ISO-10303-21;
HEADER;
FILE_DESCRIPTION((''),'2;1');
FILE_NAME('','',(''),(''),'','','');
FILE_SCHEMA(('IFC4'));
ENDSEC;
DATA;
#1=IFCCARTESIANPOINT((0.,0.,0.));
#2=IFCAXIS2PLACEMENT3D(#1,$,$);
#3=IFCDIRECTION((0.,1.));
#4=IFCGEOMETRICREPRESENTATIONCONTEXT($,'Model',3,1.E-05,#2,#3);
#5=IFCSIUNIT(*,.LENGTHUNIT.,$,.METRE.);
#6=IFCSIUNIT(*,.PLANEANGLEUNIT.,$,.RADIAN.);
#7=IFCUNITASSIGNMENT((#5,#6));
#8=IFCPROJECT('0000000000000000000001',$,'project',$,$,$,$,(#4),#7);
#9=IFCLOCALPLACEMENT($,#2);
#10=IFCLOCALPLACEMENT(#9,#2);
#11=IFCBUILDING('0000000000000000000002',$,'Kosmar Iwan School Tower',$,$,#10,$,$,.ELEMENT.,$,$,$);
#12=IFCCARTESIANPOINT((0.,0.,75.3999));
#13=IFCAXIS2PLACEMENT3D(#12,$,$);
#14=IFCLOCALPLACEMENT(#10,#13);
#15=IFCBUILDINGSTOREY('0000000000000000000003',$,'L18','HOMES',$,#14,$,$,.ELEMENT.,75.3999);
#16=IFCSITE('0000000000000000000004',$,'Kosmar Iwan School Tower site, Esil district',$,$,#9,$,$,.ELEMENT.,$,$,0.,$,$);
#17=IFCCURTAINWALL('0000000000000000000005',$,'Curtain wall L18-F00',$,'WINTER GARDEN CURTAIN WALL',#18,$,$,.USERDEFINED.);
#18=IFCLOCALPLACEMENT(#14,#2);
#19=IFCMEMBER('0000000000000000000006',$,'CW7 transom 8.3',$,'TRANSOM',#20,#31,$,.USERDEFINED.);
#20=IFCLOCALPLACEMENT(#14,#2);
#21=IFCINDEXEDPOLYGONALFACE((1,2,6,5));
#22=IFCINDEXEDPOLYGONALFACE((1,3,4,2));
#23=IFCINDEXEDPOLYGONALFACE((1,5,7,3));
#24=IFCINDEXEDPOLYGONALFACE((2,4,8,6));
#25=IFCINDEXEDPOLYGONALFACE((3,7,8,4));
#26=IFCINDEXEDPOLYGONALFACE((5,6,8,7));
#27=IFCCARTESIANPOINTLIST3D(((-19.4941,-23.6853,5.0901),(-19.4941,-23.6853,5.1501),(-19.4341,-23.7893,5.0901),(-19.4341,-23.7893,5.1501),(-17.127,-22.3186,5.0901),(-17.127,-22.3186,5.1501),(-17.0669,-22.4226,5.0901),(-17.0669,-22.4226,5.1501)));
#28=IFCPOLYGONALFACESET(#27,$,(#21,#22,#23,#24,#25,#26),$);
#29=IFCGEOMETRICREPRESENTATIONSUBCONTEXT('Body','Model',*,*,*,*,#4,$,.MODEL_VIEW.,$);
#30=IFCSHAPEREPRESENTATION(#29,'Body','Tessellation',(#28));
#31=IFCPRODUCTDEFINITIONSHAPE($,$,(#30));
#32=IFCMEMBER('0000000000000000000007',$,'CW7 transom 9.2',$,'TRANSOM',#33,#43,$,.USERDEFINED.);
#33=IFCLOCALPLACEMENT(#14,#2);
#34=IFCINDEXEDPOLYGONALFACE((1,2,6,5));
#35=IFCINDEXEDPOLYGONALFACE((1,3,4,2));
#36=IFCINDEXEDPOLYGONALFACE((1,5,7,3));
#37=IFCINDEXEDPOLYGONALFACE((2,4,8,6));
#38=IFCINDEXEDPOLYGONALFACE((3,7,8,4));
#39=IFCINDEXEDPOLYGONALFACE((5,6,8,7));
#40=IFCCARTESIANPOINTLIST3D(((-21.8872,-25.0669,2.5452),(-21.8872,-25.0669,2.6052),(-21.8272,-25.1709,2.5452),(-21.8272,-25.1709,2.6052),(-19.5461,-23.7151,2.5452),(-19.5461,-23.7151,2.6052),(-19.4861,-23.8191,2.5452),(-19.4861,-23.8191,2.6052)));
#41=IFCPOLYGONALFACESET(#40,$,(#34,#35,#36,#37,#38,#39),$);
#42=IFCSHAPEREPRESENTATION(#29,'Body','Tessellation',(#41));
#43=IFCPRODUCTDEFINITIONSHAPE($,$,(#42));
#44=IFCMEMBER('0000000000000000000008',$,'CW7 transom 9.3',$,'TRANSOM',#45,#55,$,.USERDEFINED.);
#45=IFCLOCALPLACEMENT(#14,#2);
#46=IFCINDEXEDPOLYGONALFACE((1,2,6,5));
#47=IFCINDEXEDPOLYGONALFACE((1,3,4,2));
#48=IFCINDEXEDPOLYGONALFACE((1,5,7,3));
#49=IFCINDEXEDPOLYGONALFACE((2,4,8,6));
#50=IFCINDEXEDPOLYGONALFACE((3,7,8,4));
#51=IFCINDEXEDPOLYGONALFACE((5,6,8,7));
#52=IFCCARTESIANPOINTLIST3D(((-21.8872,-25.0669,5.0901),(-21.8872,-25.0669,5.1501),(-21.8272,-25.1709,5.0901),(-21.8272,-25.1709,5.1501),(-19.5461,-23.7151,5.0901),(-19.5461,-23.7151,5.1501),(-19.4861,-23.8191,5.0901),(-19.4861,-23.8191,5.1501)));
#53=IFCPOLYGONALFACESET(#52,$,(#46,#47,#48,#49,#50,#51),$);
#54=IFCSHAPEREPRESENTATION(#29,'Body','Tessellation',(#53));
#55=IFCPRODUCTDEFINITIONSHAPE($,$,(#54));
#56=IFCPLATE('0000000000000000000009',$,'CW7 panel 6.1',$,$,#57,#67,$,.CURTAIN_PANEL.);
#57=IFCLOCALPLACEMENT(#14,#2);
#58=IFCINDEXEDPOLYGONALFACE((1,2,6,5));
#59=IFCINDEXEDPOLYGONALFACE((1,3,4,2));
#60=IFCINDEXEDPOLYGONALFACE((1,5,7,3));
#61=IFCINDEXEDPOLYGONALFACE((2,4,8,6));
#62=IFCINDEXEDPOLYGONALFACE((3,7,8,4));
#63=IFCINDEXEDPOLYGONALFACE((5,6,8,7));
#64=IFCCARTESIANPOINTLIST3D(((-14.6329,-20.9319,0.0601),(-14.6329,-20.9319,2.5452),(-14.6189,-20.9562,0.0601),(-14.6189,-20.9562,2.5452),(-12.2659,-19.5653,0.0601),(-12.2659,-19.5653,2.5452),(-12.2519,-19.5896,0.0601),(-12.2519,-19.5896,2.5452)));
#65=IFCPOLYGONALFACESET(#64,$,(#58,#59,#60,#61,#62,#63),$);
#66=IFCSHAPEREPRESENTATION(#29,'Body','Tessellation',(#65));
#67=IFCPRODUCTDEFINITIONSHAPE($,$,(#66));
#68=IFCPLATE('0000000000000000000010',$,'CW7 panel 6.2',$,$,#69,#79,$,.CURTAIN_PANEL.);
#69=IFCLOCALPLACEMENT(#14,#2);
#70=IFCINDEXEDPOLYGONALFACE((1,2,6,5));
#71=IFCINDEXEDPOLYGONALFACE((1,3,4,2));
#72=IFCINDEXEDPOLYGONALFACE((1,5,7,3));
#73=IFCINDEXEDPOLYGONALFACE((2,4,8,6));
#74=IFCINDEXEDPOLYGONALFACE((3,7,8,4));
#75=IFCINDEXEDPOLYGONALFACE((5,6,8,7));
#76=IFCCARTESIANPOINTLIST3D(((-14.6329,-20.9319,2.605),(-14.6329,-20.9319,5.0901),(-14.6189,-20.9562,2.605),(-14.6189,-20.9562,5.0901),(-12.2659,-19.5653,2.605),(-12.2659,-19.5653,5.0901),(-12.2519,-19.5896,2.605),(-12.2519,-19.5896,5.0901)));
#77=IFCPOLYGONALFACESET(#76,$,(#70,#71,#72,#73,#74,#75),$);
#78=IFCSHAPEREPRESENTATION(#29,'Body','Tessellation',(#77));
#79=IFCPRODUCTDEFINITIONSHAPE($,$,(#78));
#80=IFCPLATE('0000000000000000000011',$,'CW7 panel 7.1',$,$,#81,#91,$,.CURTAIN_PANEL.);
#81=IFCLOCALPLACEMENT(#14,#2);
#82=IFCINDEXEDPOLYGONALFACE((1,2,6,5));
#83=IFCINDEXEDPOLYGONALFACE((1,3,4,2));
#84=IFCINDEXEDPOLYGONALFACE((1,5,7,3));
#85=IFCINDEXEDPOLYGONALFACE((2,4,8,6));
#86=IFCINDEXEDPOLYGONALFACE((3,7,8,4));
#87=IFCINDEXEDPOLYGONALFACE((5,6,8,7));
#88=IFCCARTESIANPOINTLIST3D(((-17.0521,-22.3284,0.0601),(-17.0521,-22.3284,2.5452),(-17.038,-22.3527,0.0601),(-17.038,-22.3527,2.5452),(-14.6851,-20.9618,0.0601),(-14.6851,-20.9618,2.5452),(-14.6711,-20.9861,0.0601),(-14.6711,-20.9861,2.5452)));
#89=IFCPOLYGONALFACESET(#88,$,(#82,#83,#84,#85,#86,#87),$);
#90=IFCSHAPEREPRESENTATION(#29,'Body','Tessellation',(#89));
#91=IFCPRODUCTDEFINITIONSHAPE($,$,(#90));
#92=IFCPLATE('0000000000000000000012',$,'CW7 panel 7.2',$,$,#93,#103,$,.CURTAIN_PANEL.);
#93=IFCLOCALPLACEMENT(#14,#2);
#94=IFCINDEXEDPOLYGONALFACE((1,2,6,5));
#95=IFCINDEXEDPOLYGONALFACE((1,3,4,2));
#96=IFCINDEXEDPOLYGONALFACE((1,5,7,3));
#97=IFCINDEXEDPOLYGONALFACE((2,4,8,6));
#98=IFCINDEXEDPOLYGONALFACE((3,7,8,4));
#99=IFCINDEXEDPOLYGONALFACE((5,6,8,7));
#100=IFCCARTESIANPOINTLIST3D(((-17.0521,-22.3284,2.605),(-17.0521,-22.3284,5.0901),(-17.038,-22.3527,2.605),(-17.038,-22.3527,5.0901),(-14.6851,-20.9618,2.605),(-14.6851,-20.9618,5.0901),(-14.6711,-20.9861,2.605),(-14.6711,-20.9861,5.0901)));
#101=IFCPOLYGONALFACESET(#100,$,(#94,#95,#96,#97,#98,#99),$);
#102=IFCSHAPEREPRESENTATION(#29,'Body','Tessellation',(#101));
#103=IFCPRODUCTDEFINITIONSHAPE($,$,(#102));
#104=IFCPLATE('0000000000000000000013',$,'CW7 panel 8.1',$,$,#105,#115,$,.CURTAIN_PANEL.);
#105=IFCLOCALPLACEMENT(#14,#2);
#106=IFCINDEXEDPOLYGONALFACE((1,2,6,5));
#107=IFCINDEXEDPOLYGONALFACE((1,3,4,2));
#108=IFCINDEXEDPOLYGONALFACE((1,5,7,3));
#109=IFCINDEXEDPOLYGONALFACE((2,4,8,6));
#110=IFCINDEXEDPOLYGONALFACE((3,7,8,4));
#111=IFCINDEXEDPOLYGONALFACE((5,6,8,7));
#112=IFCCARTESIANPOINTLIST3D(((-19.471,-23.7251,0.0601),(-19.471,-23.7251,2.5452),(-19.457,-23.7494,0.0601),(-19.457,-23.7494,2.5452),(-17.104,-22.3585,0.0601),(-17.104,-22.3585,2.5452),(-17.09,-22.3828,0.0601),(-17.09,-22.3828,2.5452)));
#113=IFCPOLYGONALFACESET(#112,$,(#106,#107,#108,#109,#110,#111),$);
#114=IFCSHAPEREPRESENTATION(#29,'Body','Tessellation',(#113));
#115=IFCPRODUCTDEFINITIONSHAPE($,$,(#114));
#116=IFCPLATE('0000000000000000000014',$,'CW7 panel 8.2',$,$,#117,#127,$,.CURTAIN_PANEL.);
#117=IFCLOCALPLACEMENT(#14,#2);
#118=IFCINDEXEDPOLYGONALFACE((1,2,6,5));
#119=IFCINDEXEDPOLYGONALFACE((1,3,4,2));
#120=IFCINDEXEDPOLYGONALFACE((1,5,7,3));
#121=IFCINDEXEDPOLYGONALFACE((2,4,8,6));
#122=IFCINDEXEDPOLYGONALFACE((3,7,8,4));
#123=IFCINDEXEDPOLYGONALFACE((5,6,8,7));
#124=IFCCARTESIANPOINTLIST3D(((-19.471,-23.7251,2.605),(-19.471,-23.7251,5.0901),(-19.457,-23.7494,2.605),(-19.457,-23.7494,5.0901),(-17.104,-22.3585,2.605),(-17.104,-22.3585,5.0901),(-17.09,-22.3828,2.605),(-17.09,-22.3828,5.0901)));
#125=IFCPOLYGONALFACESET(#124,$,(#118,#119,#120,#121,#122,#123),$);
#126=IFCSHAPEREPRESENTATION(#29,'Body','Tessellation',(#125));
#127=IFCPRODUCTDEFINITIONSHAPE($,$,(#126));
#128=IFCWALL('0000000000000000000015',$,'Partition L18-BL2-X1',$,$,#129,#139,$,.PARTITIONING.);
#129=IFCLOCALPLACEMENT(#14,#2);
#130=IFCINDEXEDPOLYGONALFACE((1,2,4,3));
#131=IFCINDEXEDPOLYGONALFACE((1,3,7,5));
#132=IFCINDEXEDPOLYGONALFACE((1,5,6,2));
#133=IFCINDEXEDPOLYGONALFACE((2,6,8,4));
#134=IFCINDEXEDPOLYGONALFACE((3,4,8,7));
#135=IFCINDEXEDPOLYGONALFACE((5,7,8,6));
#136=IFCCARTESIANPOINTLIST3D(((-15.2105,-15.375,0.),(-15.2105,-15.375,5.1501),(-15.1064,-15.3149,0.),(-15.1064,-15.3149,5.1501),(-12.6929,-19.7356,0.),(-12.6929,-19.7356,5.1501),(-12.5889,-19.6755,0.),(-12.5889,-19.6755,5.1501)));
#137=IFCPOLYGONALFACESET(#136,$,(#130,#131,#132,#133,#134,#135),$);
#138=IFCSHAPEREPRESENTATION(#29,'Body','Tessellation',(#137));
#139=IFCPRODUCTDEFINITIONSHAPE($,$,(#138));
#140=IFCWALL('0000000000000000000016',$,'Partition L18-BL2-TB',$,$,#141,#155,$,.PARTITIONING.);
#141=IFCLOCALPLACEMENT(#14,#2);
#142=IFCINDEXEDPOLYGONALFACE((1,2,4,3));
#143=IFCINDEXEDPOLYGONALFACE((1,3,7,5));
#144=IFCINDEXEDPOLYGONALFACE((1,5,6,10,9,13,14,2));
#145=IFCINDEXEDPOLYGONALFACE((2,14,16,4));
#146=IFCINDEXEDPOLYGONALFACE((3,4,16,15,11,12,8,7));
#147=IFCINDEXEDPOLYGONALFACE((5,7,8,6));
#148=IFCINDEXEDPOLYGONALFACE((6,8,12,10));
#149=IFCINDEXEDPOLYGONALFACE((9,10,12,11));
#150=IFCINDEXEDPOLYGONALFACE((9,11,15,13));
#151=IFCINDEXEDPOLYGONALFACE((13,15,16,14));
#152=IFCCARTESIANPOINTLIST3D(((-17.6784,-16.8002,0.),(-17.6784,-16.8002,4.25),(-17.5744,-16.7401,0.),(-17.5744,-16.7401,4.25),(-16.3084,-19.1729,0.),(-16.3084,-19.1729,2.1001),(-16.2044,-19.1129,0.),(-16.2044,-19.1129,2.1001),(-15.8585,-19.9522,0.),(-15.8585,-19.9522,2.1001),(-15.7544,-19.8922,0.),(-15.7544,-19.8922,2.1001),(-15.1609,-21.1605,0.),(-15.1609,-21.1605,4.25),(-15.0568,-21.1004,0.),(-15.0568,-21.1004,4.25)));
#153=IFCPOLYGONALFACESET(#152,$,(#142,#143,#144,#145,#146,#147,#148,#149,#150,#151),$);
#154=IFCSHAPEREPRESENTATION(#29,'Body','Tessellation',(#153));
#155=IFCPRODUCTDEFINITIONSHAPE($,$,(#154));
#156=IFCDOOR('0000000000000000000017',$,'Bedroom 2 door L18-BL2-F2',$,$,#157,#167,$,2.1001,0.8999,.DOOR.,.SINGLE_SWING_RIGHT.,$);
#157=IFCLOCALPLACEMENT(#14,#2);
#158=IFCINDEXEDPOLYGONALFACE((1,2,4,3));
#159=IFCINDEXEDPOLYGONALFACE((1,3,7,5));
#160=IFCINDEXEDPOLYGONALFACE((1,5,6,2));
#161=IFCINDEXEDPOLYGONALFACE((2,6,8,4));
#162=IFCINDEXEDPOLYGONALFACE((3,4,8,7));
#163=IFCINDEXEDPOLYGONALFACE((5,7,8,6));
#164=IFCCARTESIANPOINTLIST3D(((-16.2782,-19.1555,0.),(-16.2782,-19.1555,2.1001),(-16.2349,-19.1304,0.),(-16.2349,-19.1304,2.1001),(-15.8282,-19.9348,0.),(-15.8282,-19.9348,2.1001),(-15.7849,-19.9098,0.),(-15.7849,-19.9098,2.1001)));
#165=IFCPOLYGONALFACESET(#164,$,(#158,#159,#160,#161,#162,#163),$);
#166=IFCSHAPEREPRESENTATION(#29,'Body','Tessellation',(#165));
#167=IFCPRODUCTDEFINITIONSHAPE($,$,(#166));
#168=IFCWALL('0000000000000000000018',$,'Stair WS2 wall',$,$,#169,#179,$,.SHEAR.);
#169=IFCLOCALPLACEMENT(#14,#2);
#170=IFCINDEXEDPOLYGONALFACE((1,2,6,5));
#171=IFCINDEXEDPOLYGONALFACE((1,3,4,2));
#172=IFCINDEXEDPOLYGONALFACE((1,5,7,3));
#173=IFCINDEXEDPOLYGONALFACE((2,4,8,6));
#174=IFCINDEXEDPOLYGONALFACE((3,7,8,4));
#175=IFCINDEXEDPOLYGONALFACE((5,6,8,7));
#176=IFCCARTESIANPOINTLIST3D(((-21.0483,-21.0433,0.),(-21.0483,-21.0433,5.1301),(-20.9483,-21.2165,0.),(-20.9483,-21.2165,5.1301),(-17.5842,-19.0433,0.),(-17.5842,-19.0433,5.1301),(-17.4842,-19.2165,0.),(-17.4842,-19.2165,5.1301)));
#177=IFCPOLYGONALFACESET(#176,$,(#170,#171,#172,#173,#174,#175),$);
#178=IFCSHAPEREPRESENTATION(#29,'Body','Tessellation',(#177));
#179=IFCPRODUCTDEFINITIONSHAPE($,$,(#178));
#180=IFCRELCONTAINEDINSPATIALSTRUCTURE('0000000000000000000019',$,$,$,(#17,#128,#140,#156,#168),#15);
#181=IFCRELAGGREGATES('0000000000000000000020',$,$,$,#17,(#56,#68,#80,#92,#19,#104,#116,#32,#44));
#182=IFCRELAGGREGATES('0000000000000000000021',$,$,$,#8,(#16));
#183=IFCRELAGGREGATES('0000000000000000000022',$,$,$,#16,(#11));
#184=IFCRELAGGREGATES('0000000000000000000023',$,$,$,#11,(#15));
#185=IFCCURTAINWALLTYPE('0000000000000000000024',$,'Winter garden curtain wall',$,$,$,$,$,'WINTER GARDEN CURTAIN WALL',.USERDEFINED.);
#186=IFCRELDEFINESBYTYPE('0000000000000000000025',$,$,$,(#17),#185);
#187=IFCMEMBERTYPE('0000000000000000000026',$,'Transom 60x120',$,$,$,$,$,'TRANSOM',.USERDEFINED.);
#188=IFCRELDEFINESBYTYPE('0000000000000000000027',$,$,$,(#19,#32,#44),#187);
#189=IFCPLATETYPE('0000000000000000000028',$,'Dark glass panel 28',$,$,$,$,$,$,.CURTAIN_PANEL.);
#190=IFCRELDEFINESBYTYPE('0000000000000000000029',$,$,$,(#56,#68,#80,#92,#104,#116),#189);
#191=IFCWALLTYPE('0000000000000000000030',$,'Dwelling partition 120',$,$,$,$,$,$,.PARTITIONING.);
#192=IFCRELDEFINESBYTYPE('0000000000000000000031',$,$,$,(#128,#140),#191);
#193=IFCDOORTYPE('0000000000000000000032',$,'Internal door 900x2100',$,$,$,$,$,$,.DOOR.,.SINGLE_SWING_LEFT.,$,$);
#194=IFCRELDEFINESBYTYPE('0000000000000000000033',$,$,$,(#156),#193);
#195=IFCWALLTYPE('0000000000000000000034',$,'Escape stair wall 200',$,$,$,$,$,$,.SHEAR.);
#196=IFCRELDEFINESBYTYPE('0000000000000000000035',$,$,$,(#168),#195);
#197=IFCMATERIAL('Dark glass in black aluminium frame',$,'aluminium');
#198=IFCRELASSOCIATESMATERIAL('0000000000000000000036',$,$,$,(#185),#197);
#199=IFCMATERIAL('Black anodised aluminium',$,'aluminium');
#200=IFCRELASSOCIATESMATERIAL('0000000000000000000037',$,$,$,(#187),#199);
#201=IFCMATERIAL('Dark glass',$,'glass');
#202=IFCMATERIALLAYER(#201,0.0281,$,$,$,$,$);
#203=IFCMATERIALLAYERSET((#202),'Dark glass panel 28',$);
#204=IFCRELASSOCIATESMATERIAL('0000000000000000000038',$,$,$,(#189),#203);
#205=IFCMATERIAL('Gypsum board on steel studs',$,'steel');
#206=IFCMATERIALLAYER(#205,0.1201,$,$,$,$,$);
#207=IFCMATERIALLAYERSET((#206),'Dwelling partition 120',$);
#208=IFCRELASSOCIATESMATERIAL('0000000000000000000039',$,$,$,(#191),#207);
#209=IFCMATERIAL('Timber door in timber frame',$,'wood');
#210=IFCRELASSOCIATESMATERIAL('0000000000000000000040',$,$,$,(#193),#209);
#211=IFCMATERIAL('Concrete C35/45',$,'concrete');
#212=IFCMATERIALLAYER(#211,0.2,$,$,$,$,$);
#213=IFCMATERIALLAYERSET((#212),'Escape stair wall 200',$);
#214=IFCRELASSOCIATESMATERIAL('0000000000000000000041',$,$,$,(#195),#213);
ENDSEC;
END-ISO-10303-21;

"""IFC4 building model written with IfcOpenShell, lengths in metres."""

from ifc_helpers import new_model, si_unit, direction, frame, frame_2d, origin, origin_2d, place, context, subcontext, project, spatial, rectangle, extrude, material, layer, layer_set, material_profile, profile_set, type_object, element, fill, aggregate, save


model = new_model("IFC4")

# Units and contexts
model_context = context("Model", 3, precision=1e-05, world=origin(), true_north=direction((0.0, 1.0)))
body_context = subcontext(model_context, "Body", "Model", "MODEL_VIEW")
ifc_project = project(units=[si_unit("LENGTHUNIT", "METRE"), si_unit("PLANEANGLEUNIT", "RADIAN")], contexts=[model_context])

# Site, building, storey
site_placement = place(None, origin())
site = spatial("IfcSite", under=ifc_project, at=site_placement, Name="Kosmar Iwan School Tower site, Esil district", CompositionType="ELEMENT", RefElevation=0.0)
building_placement = place(site_placement, origin())
building = spatial("IfcBuilding", under=site, at=building_placement, Name="Kosmar Iwan School Tower", CompositionType="ELEMENT")
storey_placement = place(building_placement, frame((0.0, 0.0, 75.3999)))
storey = spatial("IfcBuildingStorey", under=building, at=storey_placement, Name="L18", Description="HOMES", CompositionType="ELEMENT", Elevation=75.3999)

# Curtain wall
ifc_material_1 = material(Name="Dark glass in black aluminium frame", Category="aluminium")
curtain_wall_type = type_object("IfcCurtainWallType", Name="Winter garden curtain wall", ElementType="WINTER GARDEN CURTAIN WALL", PredefinedType="USERDEFINED", material=ifc_material_1)
curtain_wall_placement = place(storey_placement, origin())
curtain_wall = element("IfcCurtainWall", 1, at=curtain_wall_placement, inside=storey, type_object=curtain_wall_type, Name="Curtain wall L18-F00", ObjectType="WINTER GARDEN CURTAIN WALL", PredefinedType="USERDEFINED")

# Members
ifc_material_2 = material(Name="Black anodised aluminium", Category="aluminium")
ifc_material_profile_1 = material_profile(ifc_material_2, rectangle(XDim=0.1201, YDim=0.0601, at=origin_2d()), Name="TRANSOM 60x120")
ifc_profile_set_1 = profile_set([ifc_material_profile_1], Name="Black anodised aluminium")
member_type_1 = type_object("IfcMemberType", Name="Transom 60x120", ElementType="TRANSOM", PredefinedType="USERDEFINED", material=ifc_profile_set_1)
member_1_placement = place(storey_placement, frame((-17.0969, -22.3706, 5.1201), z_axis=(-0.866025, -0.500001, 0.0), x_axis=(0.500001, -0.866025, 0.0)))
member_1 = element("IfcMember", 2, at=member_1_placement, type_object=member_type_1, Name="CW7 transom 8.3", ObjectType="TRANSOM", PredefinedType="USERDEFINED", context=body_context, shape_type="SweptSolid", body=[
    extrude(rectangle(XDim=0.1201, YDim=0.0601, at=origin_2d()), origin(), (0.0, 0.0, 1.0), 2.7334),
])
member_2_placement = place(storey_placement, frame((-19.5161, -23.7671, 2.5752), z_axis=(-0.865995, -0.500053, 0.0), x_axis=(0.500053, -0.865995, 0.0)))
member_2 = element("IfcMember", 3, at=member_2_placement, type_object=member_type_1, Name="CW7 transom 9.2", ObjectType="TRANSOM", PredefinedType="USERDEFINED", context=body_context, shape_type="SweptSolid", body=[
    extrude(rectangle(XDim=0.1201, YDim=0.0601, at=origin_2d()), origin(), (0.0, 0.0, 1.0), 2.7034),
])
member_3_placement = place(storey_placement, frame((-19.5161, -23.7671, 5.1201), z_axis=(-0.865995, -0.500053, 0.0), x_axis=(0.500053, -0.865995, 0.0)))
member_3 = element("IfcMember", 4, at=member_3_placement, type_object=member_type_1, Name="CW7 transom 9.3", ObjectType="TRANSOM", PredefinedType="USERDEFINED", context=body_context, shape_type="SweptSolid", body=[
    extrude(rectangle(XDim=0.1201, YDim=0.0601, at=origin_2d()), origin(), (0.0, 0.0, 1.0), 2.7034),
])

# Plates
ifc_material_3 = material(Name="Dark glass", Category="glass")
ifc_layer_1 = layer(ifc_material_3, 0.0281)
ifc_layer_set_1 = layer_set([ifc_layer_1], Name="Dark glass panel 28")
plate_type = type_object("IfcPlateType", Name="Dark glass panel 28", PredefinedType="CURTAIN_PANEL", material=ifc_layer_set_1)
plate_1_placement = place(storey_placement, frame((-13.4424, -20.2607, 0.0601), z_axis=(0.0, 0.0, 1.0), x_axis=(-0.866025, -0.5, 0.0)))
plate_1 = element("IfcPlate", 5, at=plate_1_placement, type_object=plate_type, Name="CW7 panel 6.1", PredefinedType="CURTAIN_PANEL", context=body_context, shape_type="SweptSolid", body=[
    extrude(rectangle(XDim=2.7332, YDim=0.0281, at=origin_2d()), origin(), (0.0, 0.0, 1.0), 2.4851),
])
plate_2_placement = place(storey_placement, frame((-13.4424, -20.2607, 2.605), z_axis=(0.0, 0.0, 1.0), x_axis=(-0.866025, -0.5, 0.0)))
plate_2 = element("IfcPlate", 6, at=plate_2_placement, type_object=plate_type, Name="CW7 panel 6.2", PredefinedType="CURTAIN_PANEL", context=body_context, shape_type="SweptSolid", body=[
    extrude(rectangle(XDim=2.7332, YDim=0.0281, at=origin_2d()), origin(), (0.0, 0.0, 1.0), 2.4851),
])
plate_3_placement = place(storey_placement, frame((-15.8616, -21.6572, 0.0601), z_axis=(0.0, 0.0, 1.0), x_axis=(-0.866025, -0.5, 0.0)))
plate_3 = element("IfcPlate", 7, at=plate_3_placement, type_object=plate_type, Name="CW7 panel 7.1", PredefinedType="CURTAIN_PANEL", context=body_context, shape_type="SweptSolid", body=[
    extrude(rectangle(XDim=2.7332, YDim=0.0281, at=origin_2d()), origin(), (0.0, 0.0, 1.0), 2.4851),
])
plate_4_placement = place(storey_placement, frame((-15.8616, -21.6572, 2.605), z_axis=(0.0, 0.0, 1.0), x_axis=(-0.866025, -0.5, 0.0)))
plate_4 = element("IfcPlate", 8, at=plate_4_placement, type_object=plate_type, Name="CW7 panel 7.2", PredefinedType="CURTAIN_PANEL", context=body_context, shape_type="SweptSolid", body=[
    extrude(rectangle(XDim=2.7332, YDim=0.0281, at=origin_2d()), origin(), (0.0, 0.0, 1.0), 2.4851),
])
plate_5_placement = place(storey_placement, frame((-18.2805, -23.054, 0.0601), z_axis=(0.0, 0.0, 1.0), x_axis=(-0.866025, -0.5, 0.0)))
plate_5 = element("IfcPlate", 9, at=plate_5_placement, type_object=plate_type, Name="CW7 panel 8.1", PredefinedType="CURTAIN_PANEL", context=body_context, shape_type="SweptSolid", body=[
    extrude(rectangle(XDim=2.7332, YDim=0.0281, at=origin_2d()), origin(), (0.0, 0.0, 1.0), 2.4851),
])
plate_6_placement = place(storey_placement, frame((-18.2805, -23.054, 2.605), z_axis=(0.0, 0.0, 1.0), x_axis=(-0.866025, -0.5, 0.0)))
plate_6 = element("IfcPlate", 10, at=plate_6_placement, type_object=plate_type, Name="CW7 panel 8.2", PredefinedType="CURTAIN_PANEL", context=body_context, shape_type="SweptSolid", body=[
    extrude(rectangle(XDim=2.7332, YDim=0.0281, at=origin_2d()), origin(), (0.0, 0.0, 1.0), 2.4851),
])
aggregate(curtain_wall, [plate_1, plate_2, plate_3, plate_4, member_1, plate_5, plate_6, member_2, member_3])

# Wall
ifc_material_4 = material(Name="Gypsum board on steel studs", Category="steel")
ifc_layer_2 = layer(ifc_material_4, 0.1201)
ifc_layer_set_2 = layer_set([ifc_layer_2], Name="Dwelling partition 120")
wall_type_1 = type_object("IfcWallType", Name="Dwelling partition 120", PredefinedType="PARTITIONING", material=ifc_layer_set_2)
wall_1_placement = place(storey_placement, frame((-15.1584, -15.345, 0.0), z_axis=(0.0, 0.0, 1.0), x_axis=(0.499998, -0.866027, 0.0)))
element("IfcWall", 11, at=wall_1_placement, inside=storey, type_object=wall_type_1, Name="Partition L18-BL2-X1", PredefinedType="PARTITIONING", context=body_context, shape_type="SweptSolid", body=[
    extrude(rectangle(XDim=5.0352, YDim=0.1201, at=frame_2d((2.5176, 0.0))), origin(), (0.0, 0.0, 1.0), 5.1501),
])

# Wall, opening, door
wall_2_placement = place(storey_placement, frame((-17.6265, -16.77, 0.0), z_axis=(0.0, 0.0, 1.0), x_axis=(0.500019, -0.866014, 0.0)))
wall_2 = element("IfcWall", 12, at=wall_2_placement, inside=storey, type_object=wall_type_1, Name="Partition L18-BL2-TB", PredefinedType="PARTITIONING", context=body_context, shape_type="SweptSolid", body=[
    extrude(rectangle(XDim=5.0349, YDim=0.1201, at=frame_2d((2.5176, 0.0))), origin(), (0.0, 0.0, 1.0), 4.25),
])
opening_placement = place(wall_2_placement, frame((2.74, 0.0, 0.0)))
opening = element("IfcOpeningElement", 13, at=opening_placement, cuts=wall_2, PredefinedType="OPENING", context=body_context, shape_type="SweptSolid", body=[
    extrude(rectangle(XDim=0.8999, YDim=2.1001, at=frame_2d((0.45, 1.05))), frame((0.0, 0.072, 0.0), z_axis=(0.0, -1.0, 0.0), x_axis=(1.0, 0.0, 0.0)), (0.0, 0.0, 1.0), 0.144),
])
ifc_material_5 = material(Name="Timber door in timber frame", Category="wood")
door_type = type_object("IfcDoorType", Name="Internal door 900x2100", OperationType="SINGLE_SWING_LEFT", PredefinedType="DOOR", material=ifc_material_5)
door_placement = place(opening_placement, origin())
door = element("IfcDoor", 14, at=door_placement, inside=storey, type_object=door_type, Name="Bedroom 2 door L18-BL2-F2", OperationType="SINGLE_SWING_RIGHT", OverallHeight=2.1001, OverallWidth=0.8999, PredefinedType="DOOR", context=body_context, shape_type="SweptSolid", body=[
    extrude(rectangle(XDim=0.8999, YDim=2.1001, at=frame_2d((0.45, 1.05))), frame((0.0, 0.0249, 0.0), z_axis=(0.0, -1.0, 0.0), x_axis=(1.0, 0.0, 0.0)), (0.0, 0.0, 1.0), 0.05),
])
fill(opening, door)

# Wall
ifc_material_6 = material(Name="Concrete C35/45", Category="concrete")
ifc_layer_3 = layer(ifc_material_6, 0.2)
ifc_layer_set_3 = layer_set([ifc_layer_3], Name="Escape stair wall 200")
wall_type_2 = type_object("IfcWallType", Name="Escape stair wall 200", PredefinedType="SHEAR", material=ifc_layer_set_3)
wall_3_placement = place(storey_placement, frame((-17.5342, -19.1299, 0.0), z_axis=(0.0, 0.0, 1.0), x_axis=(-0.866026, -0.499999, 0.0)))
element("IfcWall", 15, at=wall_3_placement, inside=storey, type_object=wall_type_2, Name="Stair WS2 wall", PredefinedType="SHEAR", context=body_context, shape_type="SweptSolid", body=[
    extrude(rectangle(XDim=4.0, YDim=0.2, at=frame_2d((2.0, 0.0))), origin(), (0.0, 0.0, 1.0), 5.1301),
])

save(model, "model.ifc")
